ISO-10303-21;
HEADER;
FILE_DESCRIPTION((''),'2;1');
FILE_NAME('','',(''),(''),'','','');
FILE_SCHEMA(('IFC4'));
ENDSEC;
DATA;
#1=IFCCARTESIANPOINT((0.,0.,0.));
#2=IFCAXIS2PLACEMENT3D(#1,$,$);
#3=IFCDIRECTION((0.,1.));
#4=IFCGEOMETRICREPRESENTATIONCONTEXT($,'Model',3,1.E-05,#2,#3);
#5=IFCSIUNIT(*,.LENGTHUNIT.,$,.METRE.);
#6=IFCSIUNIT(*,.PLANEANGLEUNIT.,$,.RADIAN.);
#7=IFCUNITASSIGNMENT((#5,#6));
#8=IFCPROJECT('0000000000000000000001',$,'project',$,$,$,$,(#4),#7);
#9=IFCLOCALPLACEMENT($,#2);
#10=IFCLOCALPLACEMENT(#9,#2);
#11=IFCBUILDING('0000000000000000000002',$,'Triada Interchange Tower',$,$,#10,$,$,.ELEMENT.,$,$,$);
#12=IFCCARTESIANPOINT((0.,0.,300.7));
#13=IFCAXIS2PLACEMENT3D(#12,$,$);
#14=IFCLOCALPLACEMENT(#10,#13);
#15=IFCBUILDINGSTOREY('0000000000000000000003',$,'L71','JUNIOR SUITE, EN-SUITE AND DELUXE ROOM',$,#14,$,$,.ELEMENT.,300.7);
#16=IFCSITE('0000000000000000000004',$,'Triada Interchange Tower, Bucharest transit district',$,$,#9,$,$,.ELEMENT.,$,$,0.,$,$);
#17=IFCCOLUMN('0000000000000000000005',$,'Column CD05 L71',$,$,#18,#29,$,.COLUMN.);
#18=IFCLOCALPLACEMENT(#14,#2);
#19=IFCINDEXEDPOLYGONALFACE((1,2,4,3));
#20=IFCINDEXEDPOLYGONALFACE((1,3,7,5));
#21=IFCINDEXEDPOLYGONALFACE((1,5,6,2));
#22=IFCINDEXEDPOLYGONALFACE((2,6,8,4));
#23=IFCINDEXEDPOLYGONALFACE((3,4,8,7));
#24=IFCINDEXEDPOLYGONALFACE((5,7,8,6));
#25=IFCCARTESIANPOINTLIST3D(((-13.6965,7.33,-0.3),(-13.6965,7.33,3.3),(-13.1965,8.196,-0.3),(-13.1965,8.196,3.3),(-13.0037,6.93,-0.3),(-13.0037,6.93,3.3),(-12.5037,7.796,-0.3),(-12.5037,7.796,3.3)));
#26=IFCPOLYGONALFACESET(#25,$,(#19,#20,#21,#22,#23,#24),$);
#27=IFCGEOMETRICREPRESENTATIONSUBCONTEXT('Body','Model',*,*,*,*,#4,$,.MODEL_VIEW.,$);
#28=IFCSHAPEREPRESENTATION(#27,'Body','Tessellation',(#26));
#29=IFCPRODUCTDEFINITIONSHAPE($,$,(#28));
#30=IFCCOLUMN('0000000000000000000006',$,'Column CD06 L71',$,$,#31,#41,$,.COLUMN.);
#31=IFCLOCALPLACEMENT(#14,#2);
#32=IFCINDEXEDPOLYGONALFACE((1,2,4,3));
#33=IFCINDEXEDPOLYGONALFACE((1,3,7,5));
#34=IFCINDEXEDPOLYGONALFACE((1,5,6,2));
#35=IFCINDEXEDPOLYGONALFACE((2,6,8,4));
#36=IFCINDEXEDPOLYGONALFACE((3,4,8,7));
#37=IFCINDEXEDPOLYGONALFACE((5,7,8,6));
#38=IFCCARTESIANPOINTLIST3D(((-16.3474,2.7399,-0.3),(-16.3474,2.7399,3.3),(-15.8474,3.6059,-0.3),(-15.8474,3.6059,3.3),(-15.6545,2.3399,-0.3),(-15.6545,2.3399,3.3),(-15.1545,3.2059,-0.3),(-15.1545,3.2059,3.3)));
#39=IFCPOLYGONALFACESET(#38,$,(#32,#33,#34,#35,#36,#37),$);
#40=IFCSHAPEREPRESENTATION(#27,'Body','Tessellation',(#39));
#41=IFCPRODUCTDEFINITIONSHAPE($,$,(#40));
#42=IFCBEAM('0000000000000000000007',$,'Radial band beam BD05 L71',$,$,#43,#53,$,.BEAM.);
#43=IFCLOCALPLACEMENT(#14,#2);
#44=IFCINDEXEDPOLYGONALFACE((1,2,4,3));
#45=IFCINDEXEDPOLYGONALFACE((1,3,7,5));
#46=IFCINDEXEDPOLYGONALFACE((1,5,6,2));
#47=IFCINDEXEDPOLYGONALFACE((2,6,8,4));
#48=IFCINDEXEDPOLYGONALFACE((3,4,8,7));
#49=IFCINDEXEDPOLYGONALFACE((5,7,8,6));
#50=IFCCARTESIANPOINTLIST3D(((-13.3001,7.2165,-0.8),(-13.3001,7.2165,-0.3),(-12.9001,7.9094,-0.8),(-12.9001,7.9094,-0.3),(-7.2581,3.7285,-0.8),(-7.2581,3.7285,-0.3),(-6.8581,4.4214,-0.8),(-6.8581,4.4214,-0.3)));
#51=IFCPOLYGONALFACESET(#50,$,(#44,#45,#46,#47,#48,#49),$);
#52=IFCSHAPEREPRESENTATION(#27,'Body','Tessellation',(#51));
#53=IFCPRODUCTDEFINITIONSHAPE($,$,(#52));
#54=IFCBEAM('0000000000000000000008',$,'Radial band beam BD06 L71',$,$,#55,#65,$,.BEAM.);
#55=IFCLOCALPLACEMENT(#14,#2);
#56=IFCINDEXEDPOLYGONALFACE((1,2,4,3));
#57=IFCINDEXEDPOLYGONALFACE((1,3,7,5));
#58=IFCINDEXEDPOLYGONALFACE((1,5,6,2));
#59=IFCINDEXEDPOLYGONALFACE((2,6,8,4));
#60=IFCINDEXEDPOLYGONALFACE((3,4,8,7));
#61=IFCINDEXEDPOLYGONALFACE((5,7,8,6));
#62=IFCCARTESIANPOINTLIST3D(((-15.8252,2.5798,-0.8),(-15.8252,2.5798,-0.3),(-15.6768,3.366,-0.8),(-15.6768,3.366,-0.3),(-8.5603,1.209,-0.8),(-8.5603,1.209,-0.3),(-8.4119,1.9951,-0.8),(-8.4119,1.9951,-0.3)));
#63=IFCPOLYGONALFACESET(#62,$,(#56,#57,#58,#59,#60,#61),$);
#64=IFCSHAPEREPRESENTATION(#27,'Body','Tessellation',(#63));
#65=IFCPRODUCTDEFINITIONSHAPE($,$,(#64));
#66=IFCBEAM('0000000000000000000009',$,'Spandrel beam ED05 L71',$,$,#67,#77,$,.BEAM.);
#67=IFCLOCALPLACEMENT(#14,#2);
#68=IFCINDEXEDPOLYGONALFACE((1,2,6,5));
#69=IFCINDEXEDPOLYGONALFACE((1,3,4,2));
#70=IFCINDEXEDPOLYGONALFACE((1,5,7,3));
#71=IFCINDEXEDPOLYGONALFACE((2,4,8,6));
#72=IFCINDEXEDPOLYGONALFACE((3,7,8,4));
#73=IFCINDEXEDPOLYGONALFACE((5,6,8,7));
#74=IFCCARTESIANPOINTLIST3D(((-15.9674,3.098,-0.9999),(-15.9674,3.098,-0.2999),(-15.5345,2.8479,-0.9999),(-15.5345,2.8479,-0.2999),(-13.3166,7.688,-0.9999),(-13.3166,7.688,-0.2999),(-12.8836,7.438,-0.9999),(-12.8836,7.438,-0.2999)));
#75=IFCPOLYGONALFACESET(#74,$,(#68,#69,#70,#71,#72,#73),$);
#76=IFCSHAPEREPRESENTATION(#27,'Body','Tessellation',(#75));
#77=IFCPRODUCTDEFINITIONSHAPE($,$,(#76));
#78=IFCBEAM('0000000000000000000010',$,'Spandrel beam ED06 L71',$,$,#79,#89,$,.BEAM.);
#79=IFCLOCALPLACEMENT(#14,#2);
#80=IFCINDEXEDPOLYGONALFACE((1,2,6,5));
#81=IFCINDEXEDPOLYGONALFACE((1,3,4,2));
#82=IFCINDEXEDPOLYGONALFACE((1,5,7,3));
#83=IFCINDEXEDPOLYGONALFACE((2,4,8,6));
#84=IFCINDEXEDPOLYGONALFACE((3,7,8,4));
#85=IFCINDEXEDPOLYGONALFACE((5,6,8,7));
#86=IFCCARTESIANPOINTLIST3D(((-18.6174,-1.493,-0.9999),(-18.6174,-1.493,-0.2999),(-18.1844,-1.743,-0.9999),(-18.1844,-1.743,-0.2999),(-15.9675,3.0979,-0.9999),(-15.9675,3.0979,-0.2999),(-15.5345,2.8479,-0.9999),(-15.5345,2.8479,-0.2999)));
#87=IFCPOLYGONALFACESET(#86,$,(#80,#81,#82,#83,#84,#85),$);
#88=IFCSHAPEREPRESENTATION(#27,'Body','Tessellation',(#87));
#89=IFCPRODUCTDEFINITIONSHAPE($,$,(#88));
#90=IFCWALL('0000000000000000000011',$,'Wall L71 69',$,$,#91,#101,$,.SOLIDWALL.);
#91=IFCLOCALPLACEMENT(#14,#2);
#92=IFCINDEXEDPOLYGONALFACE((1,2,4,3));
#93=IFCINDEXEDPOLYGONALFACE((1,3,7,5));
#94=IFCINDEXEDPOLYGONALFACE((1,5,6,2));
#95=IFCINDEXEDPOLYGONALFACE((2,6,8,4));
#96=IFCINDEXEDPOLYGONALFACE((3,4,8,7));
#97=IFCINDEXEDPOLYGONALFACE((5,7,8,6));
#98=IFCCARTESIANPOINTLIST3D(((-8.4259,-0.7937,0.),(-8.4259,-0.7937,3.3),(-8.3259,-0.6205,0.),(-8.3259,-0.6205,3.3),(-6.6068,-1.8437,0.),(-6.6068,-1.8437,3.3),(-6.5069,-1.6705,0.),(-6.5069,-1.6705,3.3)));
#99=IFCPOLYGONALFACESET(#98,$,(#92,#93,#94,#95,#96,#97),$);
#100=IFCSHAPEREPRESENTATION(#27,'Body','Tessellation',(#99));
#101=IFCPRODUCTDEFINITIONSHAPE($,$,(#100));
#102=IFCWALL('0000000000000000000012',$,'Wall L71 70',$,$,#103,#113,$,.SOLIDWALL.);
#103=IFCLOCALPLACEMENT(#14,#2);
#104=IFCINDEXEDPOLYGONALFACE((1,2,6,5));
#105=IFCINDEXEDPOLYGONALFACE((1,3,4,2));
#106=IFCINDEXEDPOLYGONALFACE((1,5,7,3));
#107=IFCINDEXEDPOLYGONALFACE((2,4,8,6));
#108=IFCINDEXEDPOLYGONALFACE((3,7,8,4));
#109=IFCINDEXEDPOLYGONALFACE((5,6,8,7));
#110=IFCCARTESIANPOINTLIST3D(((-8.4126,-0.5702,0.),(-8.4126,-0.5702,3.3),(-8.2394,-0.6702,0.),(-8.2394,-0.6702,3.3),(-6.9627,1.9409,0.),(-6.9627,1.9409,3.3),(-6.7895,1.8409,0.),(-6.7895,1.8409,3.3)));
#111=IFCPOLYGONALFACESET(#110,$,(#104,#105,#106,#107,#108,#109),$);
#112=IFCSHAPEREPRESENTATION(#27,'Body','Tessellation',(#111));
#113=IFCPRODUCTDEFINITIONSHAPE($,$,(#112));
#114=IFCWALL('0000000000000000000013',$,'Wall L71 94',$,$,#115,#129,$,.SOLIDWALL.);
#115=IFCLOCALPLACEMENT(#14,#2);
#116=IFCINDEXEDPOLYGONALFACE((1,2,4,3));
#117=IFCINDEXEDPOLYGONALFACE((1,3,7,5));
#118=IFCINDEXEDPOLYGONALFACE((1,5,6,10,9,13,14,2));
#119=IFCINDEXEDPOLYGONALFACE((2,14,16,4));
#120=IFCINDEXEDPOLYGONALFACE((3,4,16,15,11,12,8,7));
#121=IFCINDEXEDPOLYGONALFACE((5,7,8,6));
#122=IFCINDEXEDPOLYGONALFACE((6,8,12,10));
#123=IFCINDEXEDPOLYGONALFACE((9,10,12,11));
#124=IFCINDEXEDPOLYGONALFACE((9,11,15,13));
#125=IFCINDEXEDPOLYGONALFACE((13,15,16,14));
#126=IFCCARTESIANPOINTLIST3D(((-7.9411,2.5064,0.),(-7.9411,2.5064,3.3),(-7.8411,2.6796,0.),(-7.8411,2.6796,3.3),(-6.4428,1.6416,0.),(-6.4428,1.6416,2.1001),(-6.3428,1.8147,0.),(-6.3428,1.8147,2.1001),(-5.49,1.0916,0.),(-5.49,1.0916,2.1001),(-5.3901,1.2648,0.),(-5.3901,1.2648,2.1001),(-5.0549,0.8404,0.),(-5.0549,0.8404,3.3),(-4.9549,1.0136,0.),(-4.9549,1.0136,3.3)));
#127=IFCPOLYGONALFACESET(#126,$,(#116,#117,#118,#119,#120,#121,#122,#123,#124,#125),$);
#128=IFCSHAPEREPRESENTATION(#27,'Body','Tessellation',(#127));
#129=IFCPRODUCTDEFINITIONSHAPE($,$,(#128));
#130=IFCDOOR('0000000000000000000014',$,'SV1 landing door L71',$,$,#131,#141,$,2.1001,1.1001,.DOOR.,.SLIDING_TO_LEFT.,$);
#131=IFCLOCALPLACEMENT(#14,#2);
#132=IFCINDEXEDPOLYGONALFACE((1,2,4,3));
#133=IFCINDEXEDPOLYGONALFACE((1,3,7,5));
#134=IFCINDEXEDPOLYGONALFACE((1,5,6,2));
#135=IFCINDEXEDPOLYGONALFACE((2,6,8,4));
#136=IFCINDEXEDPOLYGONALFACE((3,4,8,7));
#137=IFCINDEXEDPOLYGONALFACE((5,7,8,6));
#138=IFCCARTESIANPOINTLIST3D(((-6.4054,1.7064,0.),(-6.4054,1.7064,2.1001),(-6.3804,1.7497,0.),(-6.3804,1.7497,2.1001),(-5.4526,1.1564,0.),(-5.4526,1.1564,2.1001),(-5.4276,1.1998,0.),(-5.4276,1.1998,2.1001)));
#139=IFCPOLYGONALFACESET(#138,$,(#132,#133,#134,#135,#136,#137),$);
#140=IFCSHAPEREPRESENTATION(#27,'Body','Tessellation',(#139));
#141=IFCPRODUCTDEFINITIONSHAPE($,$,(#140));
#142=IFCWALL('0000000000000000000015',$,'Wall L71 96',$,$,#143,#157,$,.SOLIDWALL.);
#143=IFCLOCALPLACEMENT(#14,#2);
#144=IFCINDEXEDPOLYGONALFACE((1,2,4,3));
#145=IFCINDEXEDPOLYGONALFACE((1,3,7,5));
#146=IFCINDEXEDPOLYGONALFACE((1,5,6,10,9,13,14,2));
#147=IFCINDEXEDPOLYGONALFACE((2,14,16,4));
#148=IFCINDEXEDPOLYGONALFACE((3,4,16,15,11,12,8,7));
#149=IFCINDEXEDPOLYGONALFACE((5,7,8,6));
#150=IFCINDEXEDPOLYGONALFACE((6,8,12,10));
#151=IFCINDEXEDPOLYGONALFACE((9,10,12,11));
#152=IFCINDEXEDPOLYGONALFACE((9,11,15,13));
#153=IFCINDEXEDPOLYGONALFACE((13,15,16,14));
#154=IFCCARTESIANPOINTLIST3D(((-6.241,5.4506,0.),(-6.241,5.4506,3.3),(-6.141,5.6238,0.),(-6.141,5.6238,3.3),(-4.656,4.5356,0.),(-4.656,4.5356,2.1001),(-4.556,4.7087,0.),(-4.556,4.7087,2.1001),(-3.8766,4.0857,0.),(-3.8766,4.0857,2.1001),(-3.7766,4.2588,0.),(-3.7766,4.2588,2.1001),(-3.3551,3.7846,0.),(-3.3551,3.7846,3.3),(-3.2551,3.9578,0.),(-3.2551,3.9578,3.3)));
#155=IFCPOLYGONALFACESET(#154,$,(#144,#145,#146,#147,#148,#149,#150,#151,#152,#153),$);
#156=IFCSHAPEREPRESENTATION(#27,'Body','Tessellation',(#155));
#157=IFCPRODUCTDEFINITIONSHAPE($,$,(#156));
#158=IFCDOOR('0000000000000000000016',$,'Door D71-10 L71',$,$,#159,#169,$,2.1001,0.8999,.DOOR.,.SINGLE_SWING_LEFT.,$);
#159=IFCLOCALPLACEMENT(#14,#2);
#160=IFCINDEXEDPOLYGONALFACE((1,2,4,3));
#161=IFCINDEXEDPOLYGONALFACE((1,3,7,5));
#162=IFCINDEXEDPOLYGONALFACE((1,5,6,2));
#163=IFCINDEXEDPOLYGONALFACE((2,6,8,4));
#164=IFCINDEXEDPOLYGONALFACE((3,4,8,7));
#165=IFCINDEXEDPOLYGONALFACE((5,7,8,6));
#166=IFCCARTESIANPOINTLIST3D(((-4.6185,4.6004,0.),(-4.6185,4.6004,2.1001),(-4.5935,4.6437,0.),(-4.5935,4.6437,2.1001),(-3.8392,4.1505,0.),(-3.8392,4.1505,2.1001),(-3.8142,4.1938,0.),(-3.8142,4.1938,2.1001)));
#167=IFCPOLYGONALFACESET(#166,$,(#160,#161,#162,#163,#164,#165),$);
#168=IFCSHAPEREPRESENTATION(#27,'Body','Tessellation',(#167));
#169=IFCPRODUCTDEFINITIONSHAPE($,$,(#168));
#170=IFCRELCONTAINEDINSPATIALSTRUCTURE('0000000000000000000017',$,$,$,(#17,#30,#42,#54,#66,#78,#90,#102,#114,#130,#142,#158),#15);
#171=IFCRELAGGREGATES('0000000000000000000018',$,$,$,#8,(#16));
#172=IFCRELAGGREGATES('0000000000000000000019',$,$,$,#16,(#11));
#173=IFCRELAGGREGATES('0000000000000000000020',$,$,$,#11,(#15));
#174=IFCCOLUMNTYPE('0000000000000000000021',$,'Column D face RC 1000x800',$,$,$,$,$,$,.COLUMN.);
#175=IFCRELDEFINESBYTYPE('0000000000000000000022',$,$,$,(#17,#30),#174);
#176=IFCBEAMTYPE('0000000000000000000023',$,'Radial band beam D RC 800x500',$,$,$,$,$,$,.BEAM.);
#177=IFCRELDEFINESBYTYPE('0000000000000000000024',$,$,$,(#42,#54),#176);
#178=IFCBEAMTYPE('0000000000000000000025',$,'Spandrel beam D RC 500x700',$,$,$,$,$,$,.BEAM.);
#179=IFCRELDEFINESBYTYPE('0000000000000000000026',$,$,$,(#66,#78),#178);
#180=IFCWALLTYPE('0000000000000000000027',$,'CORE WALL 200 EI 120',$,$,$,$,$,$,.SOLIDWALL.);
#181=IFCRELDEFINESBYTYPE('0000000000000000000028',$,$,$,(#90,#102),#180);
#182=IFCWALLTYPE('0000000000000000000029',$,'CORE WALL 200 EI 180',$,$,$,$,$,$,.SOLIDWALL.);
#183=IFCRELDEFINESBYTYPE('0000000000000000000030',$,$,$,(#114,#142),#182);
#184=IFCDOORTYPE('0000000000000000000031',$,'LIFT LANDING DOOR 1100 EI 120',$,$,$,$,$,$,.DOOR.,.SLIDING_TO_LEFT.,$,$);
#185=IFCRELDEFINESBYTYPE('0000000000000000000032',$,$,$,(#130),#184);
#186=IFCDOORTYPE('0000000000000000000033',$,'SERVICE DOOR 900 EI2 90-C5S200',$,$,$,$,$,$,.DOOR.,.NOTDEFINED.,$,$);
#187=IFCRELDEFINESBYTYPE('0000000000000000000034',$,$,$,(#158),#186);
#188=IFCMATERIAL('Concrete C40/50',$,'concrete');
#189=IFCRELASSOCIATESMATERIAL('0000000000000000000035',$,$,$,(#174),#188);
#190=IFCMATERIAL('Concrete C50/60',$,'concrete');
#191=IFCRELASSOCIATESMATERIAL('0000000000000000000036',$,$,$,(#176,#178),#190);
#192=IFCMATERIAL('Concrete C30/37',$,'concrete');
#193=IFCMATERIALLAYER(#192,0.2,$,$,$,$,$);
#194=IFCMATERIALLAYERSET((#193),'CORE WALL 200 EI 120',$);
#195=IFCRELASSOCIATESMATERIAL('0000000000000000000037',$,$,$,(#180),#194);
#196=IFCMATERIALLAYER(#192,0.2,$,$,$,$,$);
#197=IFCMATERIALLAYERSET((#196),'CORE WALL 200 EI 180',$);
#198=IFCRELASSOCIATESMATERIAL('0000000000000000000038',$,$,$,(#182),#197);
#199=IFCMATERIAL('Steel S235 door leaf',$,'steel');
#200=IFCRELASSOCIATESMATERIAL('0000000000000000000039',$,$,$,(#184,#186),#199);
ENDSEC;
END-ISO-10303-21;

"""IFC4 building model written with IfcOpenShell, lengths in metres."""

from ifc_helpers import new_model, si_unit, direction, frame, frame_2d, origin, origin_2d, place, context, subcontext, project, spatial, rectangle, extrude, material, layer, layer_set, material_profile, profile_set, type_object, element, fill, save


model = new_model("IFC4")

# Units and contexts
model_context = context("Model", 3, precision=1e-05, world=origin(), true_north=direction((0.0, 1.0)))
body_context = subcontext(model_context, "Body", "Model", "MODEL_VIEW")
ifc_project = project(units=[si_unit("LENGTHUNIT", "METRE"), si_unit("PLANEANGLEUNIT", "RADIAN")], contexts=[model_context])

# Site, building, storey
site_placement = place(None, origin())
site = spatial("IfcSite", under=ifc_project, at=site_placement, Name="Triada Interchange Tower, Bucharest transit district", CompositionType="ELEMENT", RefElevation=0.0)
building_placement = place(site_placement, origin())
building = spatial("IfcBuilding", under=site, at=building_placement, Name="Triada Interchange Tower", CompositionType="ELEMENT")
storey_placement = place(building_placement, frame((0.0, 0.0, 300.7)))
storey = spatial("IfcBuildingStorey", under=building, at=storey_placement, Name="L71", Description="JUNIOR SUITE, EN-SUITE AND DELUXE ROOM", CompositionType="ELEMENT", Elevation=300.7)

# Columns
ifc_material_1 = material(Name="Concrete C40/50", Category="concrete")
ifc_material_profile_1 = material_profile(ifc_material_1, rectangle(XDim=1.0, YDim=0.8, at=origin_2d()), Name="RC 1000x800")
ifc_profile_set_1 = profile_set([ifc_material_profile_1], Name="Concrete C40/50")
column_type = type_object("IfcColumnType", Name="Column D face RC 1000x800", PredefinedType="COLUMN", material=ifc_profile_set_1)
for number, where, z_axis, x_axis, name in (
    (1, (-13.1001, 7.563, -0.3), (0.0, 0.0, 1.0), (0.5, 0.866025, 0.0), "Column CD05 L71"),
    (2, (-15.751, 2.9729, -0.3), (0.0, 0.0, 1.0), (0.5, 0.866025, 0.0), "Column CD06 L71"),
):
    element("IfcColumn", number, at=place(storey_placement, frame(where, z_axis=z_axis, x_axis=x_axis)), inside=storey, type_object=column_type, Name=name, PredefinedType="COLUMN", context=body_context, shape_type="SweptSolid", body=[
        extrude(rectangle(XDim=1.0, YDim=0.8, at=origin_2d()), origin(), (0.0, 0.0, 1.0), 3.6001),
    ])

# Beams
ifc_material_2 = material(Name="Concrete C50/60", Category="concrete")
ifc_material_profile_2 = material_profile(ifc_material_2, rectangle(XDim=0.8, YDim=0.5, at=origin_2d()), Name="RC 800x500")
ifc_profile_set_2 = profile_set([ifc_material_profile_2], Name="Concrete C50/60")
beam_type_1 = type_object("IfcBeamType", Name="Radial band beam D RC 800x500", PredefinedType="BEAM", material=ifc_profile_set_2)
beam_1_placement = place(storey_placement, frame((-13.1001, 7.563, -0.55), z_axis=(0.866045, -0.499967, 0.0), x_axis=(0.499967, 0.866045, 0.0)))
element("IfcBeam", 3, at=beam_1_placement, inside=storey, type_object=beam_type_1, Name="Radial band beam BD05 L71", PredefinedType="BEAM", context=body_context, shape_type="SweptSolid", body=[
    extrude(rectangle(XDim=0.8, YDim=0.5, at=origin_2d()), origin(), (0.0, 0.0, 1.0), 6.9766),
])
beam_2_placement = place(storey_placement, frame((-15.751, 2.9729, -0.55), z_axis=(0.982659, -0.185423, 0.0), x_axis=(0.185423, 0.982659, 0.0)))
element("IfcBeam", 4, at=beam_2_placement, inside=storey, type_object=beam_type_1, Name="Radial band beam BD06 L71", PredefinedType="BEAM", context=body_context, shape_type="SweptSolid", body=[
    extrude(rectangle(XDim=0.8, YDim=0.5, at=origin_2d()), origin(), (0.0, 0.0, 1.0), 7.3931),
])
ifc_material_profile_3 = material_profile(ifc_material_2, rectangle(XDim=0.5, YDim=0.7, at=origin_2d()), Name="RC 500x700")
ifc_profile_set_3 = profile_set([ifc_material_profile_3], Name="Concrete C50/60")
beam_type_2 = type_object("IfcBeamType", Name="Spandrel beam D RC 500x700", PredefinedType="BEAM", material=ifc_profile_set_3)
beam_3_placement = place(storey_placement, frame((-13.1001, 7.563, -0.6499), z_axis=(-0.500112, -0.865961, 0.0), x_axis=(0.865961, -0.500112, 0.0)))
element("IfcBeam", 5, at=beam_3_placement, inside=storey, type_object=beam_type_2, Name="Spandrel beam ED05 L71", PredefinedType="BEAM", context=body_context, shape_type="SweptSolid", body=[
    extrude(rectangle(XDim=0.5, YDim=0.7, at=origin_2d()), origin(), (0.0, 0.0, 1.0), 5.3005),
])
beam_4_placement = place(storey_placement, frame((-15.751, 2.9729, -0.6499), z_axis=(-0.499914, -0.866075, 0.0), x_axis=(0.866075, -0.499914, 0.0)))
element("IfcBeam", 6, at=beam_4_placement, inside=storey, type_object=beam_type_2, Name="Spandrel beam ED06 L71", PredefinedType="BEAM", context=body_context, shape_type="SweptSolid", body=[
    extrude(rectangle(XDim=0.5, YDim=0.7, at=origin_2d()), origin(), (0.0, 0.0, 1.0), 5.3008),
])

# Walls
ifc_material_3 = material(Name="Concrete C30/37", Category="concrete")
ifc_layer_1 = layer(ifc_material_3, 0.2)
ifc_layer_set_1 = layer_set([ifc_layer_1], Name="CORE WALL 200 EI 120")
wall_type_1 = type_object("IfcWallType", Name="CORE WALL 200 EI 120", PredefinedType="SOLIDWALL", material=ifc_layer_set_1)
wall_1_placement = place(storey_placement, frame((-8.376, -0.707, 0.0), z_axis=(0.0, 0.0, 1.0), x_axis=(0.866068, -0.499927, 0.0)))
element("IfcWall", 7, at=wall_1_placement, inside=storey, type_object=wall_type_1, Name="Wall L71 69", PredefinedType="SOLIDWALL", context=body_context, shape_type="SweptSolid", body=[
    extrude(rectangle(XDim=2.1003, YDim=0.2, at=frame_2d((1.0503, 0.0))), origin(), (0.0, 0.0, 1.0), 3.3),
])
wall_2_placement = place(storey_placement, frame((-8.3259, -0.6201, 0.0), z_axis=(0.0, 0.0, 1.0), x_axis=(0.500024, 0.866012, 0.0)))
element("IfcWall", 8, at=wall_2_placement, inside=storey, type_object=wall_type_1, Name="Wall L71 70", PredefinedType="SOLIDWALL", context=body_context, shape_type="SweptSolid", body=[
    extrude(rectangle(XDim=2.8997, YDim=0.2, at=frame_2d((1.4497, 0.0))), origin(), (0.0, 0.0, 1.0), 3.3),
])

# Walls, openings, doors
ifc_layer_2 = layer(ifc_material_3, 0.2)
ifc_layer_set_2 = layer_set([ifc_layer_2], Name="CORE WALL 200 EI 180")
wall_type_2 = type_object("IfcWallType", Name="CORE WALL 200 EI 180", PredefinedType="SOLIDWALL", material=ifc_layer_set_2)
wall_3_placement = place(storey_placement, frame((-7.8911, 2.593, 0.0), z_axis=(0.0, 0.0, 1.0), x_axis=(0.866071, -0.499921, 0.0)))
wall_3 = element("IfcWall", 9, at=wall_3_placement, inside=storey, type_object=wall_type_2, Name="Wall L71 94", PredefinedType="SOLIDWALL", context=body_context, shape_type="SweptSolid", body=[
    extrude(rectangle(XDim=3.3325, YDim=0.2, at=frame_2d((1.6663, 0.0))), origin(), (0.0, 0.0, 1.0), 3.3),
])
opening_1_placement = place(wall_3_placement, frame((1.73, 0.0, 0.0)))
opening_1 = element("IfcOpeningElement", 10, at=opening_1_placement, cuts=wall_3, PredefinedType="OPENING", context=body_context, shape_type="SweptSolid", body=[
    extrude(rectangle(XDim=1.1001, YDim=2.1001, at=frame_2d((0.55, 1.05))), frame((0.0, 0.1099, 0.0), z_axis=(0.0, -1.0, 0.0), x_axis=(1.0, 0.0, 0.0)), (0.0, 0.0, 1.0), 0.22),
])
ifc_material_4 = material(Name="Steel S235 door leaf", Category="steel")
door_type_1 = type_object("IfcDoorType", Name="LIFT LANDING DOOR 1100 EI 120", OperationType="SLIDING_TO_LEFT", PredefinedType="DOOR", material=ifc_material_4)
door_1_placement = place(opening_1_placement, origin())
door_1 = element("IfcDoor", 11, at=door_1_placement, inside=storey, type_object=door_type_1, Name="SV1 landing door L71", OperationType="SLIDING_TO_LEFT", OverallHeight=2.1001, OverallWidth=1.1001, PredefinedType="DOOR", context=body_context, shape_type="SweptSolid", body=[
    extrude(rectangle(XDim=1.1001, YDim=2.1001, at=frame_2d((0.55, 1.05))), frame((0.0, 0.0249, 0.0), z_axis=(0.0, -1.0, 0.0), x_axis=(1.0, 0.0, 0.0)), (0.0, 0.0, 1.0), 0.05),
])
fill(opening_1, door_1)
wall_4_placement = place(storey_placement, frame((-6.1909, 5.5371, 0.0), z_axis=(0.0, 0.0, 1.0), x_axis=(0.866053, -0.499953, 0.0)))
wall_4 = element("IfcWall", 12, at=wall_4_placement, inside=storey, type_object=wall_type_2, Name="Wall L71 96", PredefinedType="SOLIDWALL", context=body_context, shape_type="SweptSolid", body=[
    extrude(rectangle(XDim=3.3323, YDim=0.2, at=frame_2d((1.666, 0.0))), origin(), (0.0, 0.0, 1.0), 3.3),
])
opening_2_placement = place(wall_4_placement, frame((1.8301, 0.0, 0.0)))
opening_2 = element("IfcOpeningElement", 13, at=opening_2_placement, cuts=wall_4, PredefinedType="OPENING", context=body_context, shape_type="SweptSolid", body=[
    extrude(rectangle(XDim=0.8999, YDim=2.1001, at=frame_2d((0.45, 1.05))), frame((0.0, 0.1099, 0.0), z_axis=(0.0, -1.0, 0.0), x_axis=(1.0, 0.0, 0.0)), (0.0, 0.0, 1.0), 0.22),
])
door_type_2 = type_object("IfcDoorType", Name="SERVICE DOOR 900 EI2 90-C5S200", OperationType="NOTDEFINED", PredefinedType="DOOR", material=ifc_material_4)
door_2_placement = place(opening_2_placement, origin())
door_2 = element("IfcDoor", 14, at=door_2_placement, inside=storey, type_object=door_type_2, Name="Door D71-10 L71", OperationType="SINGLE_SWING_LEFT", OverallHeight=2.1001, OverallWidth=0.8999, PredefinedType="DOOR", context=body_context, shape_type="SweptSolid", body=[
    extrude(rectangle(XDim=0.8999, YDim=2.1001, at=frame_2d((0.45, 1.05))), frame((0.0, 0.0249, 0.0), z_axis=(0.0, -1.0, 0.0), x_axis=(1.0, 0.0, 0.0)), (0.0, 0.0, 1.0), 0.05),
])
fill(opening_2, door_2)

save(model, "model.ifc")
